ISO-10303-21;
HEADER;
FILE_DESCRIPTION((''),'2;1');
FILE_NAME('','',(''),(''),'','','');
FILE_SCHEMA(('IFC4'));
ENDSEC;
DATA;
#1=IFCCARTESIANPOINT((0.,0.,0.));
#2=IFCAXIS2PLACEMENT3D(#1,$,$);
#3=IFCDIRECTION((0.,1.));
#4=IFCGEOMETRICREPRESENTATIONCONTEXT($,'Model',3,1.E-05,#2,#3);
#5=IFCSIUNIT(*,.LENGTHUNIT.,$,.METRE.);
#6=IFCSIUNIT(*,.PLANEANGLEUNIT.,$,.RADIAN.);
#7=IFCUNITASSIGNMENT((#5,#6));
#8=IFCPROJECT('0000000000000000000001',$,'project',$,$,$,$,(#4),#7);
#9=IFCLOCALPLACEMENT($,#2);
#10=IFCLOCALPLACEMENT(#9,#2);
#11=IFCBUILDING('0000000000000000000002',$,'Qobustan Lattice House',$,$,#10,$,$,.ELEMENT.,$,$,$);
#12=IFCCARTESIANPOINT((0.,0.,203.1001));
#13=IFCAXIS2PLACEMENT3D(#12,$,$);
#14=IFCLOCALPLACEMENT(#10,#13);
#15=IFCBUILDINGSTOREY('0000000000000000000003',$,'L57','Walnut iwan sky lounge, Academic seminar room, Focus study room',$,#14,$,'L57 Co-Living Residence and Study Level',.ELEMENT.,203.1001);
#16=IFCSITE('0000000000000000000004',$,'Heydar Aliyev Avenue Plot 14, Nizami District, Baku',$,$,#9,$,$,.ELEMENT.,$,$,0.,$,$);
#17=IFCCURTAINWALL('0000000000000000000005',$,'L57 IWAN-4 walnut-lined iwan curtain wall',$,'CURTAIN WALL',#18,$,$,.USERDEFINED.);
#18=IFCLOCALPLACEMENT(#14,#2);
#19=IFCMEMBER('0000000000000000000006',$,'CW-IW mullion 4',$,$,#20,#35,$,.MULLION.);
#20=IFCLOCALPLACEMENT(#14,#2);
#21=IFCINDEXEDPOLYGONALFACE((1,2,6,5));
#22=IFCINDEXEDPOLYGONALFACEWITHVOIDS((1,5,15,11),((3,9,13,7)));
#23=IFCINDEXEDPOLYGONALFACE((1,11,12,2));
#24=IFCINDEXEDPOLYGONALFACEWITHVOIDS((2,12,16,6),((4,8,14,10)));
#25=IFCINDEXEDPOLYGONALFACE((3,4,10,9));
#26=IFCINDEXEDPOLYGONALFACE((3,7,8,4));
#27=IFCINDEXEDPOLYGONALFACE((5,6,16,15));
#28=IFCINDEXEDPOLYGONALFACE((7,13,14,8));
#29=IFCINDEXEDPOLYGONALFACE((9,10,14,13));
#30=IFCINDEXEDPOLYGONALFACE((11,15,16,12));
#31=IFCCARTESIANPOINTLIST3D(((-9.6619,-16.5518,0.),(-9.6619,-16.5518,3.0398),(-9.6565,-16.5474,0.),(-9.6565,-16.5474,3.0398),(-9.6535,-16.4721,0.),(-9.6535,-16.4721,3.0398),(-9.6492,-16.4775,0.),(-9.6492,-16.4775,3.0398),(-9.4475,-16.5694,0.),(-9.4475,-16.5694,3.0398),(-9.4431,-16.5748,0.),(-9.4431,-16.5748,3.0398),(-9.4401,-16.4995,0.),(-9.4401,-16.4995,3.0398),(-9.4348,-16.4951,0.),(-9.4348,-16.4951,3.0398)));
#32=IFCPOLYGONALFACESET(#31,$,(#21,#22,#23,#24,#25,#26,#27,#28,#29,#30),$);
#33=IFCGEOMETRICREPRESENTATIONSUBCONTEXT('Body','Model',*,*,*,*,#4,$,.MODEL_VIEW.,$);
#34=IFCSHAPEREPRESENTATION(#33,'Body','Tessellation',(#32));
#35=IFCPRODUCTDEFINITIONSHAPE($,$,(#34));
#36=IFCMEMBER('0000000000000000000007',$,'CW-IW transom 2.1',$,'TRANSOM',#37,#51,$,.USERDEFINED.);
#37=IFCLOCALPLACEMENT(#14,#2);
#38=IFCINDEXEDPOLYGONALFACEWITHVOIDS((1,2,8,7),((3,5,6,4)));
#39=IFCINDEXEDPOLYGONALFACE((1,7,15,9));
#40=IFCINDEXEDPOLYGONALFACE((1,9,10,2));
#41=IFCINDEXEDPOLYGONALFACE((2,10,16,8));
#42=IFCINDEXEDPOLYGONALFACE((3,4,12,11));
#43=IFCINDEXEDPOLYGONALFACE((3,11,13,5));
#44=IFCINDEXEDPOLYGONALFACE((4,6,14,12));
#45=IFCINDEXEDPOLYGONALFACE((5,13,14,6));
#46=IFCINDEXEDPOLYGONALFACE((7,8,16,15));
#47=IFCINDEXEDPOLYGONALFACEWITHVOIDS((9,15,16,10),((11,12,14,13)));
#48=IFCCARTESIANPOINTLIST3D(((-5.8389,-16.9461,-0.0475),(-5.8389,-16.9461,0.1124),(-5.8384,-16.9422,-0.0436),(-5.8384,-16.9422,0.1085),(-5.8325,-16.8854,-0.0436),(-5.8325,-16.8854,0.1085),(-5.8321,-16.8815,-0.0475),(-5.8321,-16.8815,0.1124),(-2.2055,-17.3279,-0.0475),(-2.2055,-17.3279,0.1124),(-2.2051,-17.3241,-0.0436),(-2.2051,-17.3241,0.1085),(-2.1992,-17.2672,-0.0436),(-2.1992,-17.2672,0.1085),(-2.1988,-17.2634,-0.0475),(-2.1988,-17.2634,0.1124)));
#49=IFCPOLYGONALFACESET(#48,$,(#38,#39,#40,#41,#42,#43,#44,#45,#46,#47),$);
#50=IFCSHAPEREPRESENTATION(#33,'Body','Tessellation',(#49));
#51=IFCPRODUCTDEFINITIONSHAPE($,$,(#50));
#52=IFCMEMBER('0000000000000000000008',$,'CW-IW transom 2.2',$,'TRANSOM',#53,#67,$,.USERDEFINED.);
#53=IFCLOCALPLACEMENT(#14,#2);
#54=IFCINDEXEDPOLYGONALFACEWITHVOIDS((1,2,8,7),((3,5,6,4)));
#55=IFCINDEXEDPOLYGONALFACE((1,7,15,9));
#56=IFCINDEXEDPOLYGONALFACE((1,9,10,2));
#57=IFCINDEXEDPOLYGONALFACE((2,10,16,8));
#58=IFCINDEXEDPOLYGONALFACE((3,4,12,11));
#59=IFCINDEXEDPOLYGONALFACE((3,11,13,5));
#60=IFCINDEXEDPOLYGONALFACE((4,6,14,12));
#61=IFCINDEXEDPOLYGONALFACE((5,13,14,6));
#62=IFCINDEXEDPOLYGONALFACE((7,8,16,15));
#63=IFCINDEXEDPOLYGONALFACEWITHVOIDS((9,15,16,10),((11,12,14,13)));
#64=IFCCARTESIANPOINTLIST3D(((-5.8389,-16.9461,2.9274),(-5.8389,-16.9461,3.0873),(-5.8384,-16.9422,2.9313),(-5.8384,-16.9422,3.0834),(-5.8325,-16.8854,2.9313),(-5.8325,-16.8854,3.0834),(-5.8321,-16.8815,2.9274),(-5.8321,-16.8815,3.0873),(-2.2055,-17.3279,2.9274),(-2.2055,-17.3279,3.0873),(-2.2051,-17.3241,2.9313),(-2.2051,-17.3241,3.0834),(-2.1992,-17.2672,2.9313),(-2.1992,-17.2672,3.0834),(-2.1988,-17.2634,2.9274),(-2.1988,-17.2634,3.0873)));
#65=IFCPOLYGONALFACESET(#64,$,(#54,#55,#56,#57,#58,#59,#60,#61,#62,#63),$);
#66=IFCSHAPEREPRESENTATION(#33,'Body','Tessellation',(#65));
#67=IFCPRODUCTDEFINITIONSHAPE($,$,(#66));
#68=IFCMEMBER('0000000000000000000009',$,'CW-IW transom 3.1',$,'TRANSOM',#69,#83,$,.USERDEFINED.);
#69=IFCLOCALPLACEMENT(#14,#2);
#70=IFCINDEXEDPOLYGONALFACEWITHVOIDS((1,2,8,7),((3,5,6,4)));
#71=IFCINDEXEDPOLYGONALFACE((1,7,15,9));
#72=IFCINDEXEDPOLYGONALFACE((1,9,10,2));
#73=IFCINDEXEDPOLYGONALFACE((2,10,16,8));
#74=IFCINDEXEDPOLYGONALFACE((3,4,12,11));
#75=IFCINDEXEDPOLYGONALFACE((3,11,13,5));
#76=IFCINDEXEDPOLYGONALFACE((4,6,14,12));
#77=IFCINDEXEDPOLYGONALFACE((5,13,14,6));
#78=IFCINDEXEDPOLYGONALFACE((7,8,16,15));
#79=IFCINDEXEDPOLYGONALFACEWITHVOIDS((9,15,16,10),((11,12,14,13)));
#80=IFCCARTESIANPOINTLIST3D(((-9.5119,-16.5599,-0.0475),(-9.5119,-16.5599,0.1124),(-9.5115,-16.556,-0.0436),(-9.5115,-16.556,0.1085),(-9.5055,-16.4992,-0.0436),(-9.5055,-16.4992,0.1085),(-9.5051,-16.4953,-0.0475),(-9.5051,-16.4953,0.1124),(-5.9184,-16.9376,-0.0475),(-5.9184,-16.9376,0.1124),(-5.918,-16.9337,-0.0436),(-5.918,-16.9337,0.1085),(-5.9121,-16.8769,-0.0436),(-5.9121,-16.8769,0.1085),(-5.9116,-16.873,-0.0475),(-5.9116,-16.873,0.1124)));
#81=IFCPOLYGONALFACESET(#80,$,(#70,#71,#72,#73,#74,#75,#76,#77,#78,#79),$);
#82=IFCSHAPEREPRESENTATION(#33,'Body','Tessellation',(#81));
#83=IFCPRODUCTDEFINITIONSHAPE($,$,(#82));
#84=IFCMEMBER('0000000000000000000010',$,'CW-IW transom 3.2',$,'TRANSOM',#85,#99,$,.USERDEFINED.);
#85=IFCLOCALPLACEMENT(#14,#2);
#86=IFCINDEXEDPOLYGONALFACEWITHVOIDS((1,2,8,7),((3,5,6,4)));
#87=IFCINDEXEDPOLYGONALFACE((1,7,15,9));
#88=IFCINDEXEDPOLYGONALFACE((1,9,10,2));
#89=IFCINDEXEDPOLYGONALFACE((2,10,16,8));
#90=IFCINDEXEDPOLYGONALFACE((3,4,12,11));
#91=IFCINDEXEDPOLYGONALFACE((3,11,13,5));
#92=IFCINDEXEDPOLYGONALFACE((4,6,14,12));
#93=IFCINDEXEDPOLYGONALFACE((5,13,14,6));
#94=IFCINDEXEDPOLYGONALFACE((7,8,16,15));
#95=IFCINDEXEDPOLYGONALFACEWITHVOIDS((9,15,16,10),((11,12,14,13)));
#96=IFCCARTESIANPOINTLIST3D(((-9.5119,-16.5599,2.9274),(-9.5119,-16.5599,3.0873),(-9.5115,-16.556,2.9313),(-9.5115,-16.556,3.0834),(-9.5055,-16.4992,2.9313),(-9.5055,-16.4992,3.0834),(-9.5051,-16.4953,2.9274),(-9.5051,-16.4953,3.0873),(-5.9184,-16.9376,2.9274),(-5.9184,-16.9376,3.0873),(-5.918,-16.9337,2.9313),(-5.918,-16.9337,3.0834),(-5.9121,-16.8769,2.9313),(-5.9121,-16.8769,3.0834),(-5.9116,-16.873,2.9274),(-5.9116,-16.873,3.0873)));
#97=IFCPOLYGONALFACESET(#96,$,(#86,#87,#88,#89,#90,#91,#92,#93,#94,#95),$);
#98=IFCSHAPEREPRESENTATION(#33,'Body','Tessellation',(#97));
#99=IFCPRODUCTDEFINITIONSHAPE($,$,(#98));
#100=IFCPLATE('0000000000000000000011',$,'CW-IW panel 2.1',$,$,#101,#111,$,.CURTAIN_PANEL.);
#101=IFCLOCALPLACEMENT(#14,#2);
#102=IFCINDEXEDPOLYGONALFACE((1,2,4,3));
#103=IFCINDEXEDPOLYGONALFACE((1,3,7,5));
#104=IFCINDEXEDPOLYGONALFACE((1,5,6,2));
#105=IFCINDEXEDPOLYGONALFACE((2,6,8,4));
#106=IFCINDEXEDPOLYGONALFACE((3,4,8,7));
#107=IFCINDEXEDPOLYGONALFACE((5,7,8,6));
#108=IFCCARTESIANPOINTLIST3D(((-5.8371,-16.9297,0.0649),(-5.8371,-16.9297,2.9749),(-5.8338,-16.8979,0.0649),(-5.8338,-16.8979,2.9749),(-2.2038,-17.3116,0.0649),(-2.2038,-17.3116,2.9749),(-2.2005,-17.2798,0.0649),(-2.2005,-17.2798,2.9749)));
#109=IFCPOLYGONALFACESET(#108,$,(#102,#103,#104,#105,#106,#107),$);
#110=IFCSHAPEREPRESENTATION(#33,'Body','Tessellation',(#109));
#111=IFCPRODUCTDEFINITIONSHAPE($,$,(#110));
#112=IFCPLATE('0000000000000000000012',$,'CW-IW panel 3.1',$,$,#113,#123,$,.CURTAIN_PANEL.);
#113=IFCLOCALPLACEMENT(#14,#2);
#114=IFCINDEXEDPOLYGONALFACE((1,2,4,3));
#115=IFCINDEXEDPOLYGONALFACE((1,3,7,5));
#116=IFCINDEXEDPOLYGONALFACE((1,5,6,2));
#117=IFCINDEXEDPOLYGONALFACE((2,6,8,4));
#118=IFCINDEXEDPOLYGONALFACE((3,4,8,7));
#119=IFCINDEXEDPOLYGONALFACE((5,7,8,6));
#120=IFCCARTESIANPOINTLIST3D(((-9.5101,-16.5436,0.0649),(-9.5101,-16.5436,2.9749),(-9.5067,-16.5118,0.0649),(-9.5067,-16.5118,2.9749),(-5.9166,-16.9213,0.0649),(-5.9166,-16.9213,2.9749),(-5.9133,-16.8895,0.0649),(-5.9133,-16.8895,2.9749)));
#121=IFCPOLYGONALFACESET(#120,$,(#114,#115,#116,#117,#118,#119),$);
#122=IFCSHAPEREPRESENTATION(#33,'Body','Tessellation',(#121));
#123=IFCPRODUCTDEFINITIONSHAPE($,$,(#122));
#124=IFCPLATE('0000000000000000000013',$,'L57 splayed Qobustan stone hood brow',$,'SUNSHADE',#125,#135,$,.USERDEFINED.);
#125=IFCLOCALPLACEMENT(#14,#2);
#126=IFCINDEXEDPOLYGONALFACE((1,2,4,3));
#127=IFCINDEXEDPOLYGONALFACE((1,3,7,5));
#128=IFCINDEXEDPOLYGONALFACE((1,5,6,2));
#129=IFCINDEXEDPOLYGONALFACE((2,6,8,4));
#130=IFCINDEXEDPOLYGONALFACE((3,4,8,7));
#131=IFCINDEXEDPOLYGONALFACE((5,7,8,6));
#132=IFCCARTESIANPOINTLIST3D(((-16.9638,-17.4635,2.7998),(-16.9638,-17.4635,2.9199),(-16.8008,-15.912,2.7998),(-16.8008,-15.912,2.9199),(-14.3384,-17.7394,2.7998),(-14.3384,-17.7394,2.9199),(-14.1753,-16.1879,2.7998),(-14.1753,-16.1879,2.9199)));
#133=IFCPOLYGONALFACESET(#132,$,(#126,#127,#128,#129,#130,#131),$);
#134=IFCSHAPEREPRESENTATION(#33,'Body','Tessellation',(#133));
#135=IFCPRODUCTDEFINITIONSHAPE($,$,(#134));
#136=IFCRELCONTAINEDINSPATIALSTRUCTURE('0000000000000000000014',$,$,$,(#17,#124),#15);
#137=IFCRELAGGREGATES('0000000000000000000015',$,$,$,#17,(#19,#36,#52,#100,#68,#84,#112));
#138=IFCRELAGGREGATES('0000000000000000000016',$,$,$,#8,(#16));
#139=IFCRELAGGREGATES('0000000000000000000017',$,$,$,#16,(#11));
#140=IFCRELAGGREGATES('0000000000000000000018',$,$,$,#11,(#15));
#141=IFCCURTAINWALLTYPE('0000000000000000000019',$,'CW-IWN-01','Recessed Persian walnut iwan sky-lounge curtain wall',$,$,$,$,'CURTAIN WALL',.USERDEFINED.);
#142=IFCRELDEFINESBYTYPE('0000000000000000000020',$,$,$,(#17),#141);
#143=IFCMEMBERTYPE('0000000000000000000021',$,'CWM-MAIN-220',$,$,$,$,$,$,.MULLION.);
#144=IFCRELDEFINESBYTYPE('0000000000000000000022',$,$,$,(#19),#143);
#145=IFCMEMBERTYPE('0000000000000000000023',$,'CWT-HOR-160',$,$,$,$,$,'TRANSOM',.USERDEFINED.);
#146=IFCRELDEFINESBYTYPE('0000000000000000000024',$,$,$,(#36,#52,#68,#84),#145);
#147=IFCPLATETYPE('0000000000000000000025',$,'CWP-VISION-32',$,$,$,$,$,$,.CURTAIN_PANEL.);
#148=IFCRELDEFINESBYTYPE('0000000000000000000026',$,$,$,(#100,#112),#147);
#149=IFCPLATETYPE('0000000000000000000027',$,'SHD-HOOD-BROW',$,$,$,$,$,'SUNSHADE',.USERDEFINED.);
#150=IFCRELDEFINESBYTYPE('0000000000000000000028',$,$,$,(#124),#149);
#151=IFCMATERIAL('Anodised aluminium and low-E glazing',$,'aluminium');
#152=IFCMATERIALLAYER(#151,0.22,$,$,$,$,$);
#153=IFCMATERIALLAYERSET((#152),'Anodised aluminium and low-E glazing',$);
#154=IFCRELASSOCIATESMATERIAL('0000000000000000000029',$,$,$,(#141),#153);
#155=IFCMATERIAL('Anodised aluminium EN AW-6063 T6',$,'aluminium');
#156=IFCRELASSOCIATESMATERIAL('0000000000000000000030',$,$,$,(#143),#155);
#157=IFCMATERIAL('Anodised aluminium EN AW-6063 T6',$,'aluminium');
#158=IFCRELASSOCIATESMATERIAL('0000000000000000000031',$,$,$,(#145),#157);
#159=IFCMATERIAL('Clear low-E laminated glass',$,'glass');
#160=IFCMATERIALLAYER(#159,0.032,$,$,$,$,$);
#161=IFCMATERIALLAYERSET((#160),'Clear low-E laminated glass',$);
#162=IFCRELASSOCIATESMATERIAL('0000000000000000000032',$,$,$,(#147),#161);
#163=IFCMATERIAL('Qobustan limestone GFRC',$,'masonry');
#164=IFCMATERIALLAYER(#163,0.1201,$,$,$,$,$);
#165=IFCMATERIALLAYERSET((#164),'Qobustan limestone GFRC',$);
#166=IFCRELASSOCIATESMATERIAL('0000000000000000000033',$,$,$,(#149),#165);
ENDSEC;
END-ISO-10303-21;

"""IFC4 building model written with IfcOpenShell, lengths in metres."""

from ifc_helpers import new_model, si_unit, direction, frame, origin, origin_2d, place, context, subcontext, project, spatial, rectangle, hollow_rectangle, extrude, material, layer, layer_set, material_profile, profile_set, type_object, element, aggregate, save


model = new_model("IFC4")

# Units and contexts
model_context = context("Model", 3, precision=1e-05, world=origin(), true_north=direction((0.0, 1.0)))
body_context = subcontext(model_context, "Body", "Model", "MODEL_VIEW")
ifc_project = project(units=[si_unit("LENGTHUNIT", "METRE"), si_unit("PLANEANGLEUNIT", "RADIAN")], contexts=[model_context])

# Site, building, storey
site_placement = place(None, origin())
site = spatial("IfcSite", under=ifc_project, at=site_placement, Name="Heydar Aliyev Avenue Plot 14, Nizami District, Baku", CompositionType="ELEMENT", RefElevation=0.0)
building_placement = place(site_placement, origin())
building = spatial("IfcBuilding", under=site, at=building_placement, Name="Qobustan Lattice House", CompositionType="ELEMENT")
storey_placement = place(building_placement, frame((0.0, 0.0, 203.1001)))
storey = spatial("IfcBuildingStorey", under=building, at=storey_placement, Name="L57", Description="Walnut iwan sky lounge, Academic seminar room, Focus study room", LongName="L57 Co-Living Residence and Study Level", CompositionType="ELEMENT", Elevation=203.1001)

# Curtain wall, members, plates
ifc_material_1 = material(Name="Anodised aluminium and low-E glazing", Category="aluminium")
ifc_layer_1 = layer(ifc_material_1, 0.22)
ifc_layer_set_1 = layer_set([ifc_layer_1], Name="Anodised aluminium and low-E glazing")
curtain_wall_type = type_object("IfcCurtainWallType", Name="CW-IWN-01", Description="Recessed Persian walnut iwan sky-lounge curtain wall", ElementType="CURTAIN WALL", PredefinedType="USERDEFINED", material=ifc_layer_set_1)
curtain_wall_placement = place(storey_placement, origin())
curtain_wall = element("IfcCurtainWall", 1, at=curtain_wall_placement, inside=storey, type_object=curtain_wall_type, Name="L57 IWAN-4 walnut-lined iwan curtain wall", ObjectType="CURTAIN WALL", PredefinedType="USERDEFINED")
ifc_material_2 = material(Name="Anodised aluminium EN AW-6063 T6", Category="aluminium")
ifc_material_profile_1 = material_profile(ifc_material_2, hollow_rectangle(XDim=0.0801, YDim=0.22, WallThickness=0.0049, at=origin_2d()), Name="CWM-220x80")
ifc_profile_set_1 = profile_set([ifc_material_profile_1], Name="Anodised aluminium EN AW-6063 T6")
member_type_1 = type_object("IfcMemberType", Name="CWM-MAIN-220", PredefinedType="MULLION", material=ifc_profile_set_1)
member_1_placement = place(storey_placement, frame((-9.5483, -16.5234, 0.0), z_axis=(0.0, 0.0, 1.0), x_axis=(-0.104536, -0.994521, 0.0)))
member_1 = element("IfcMember", 2, at=member_1_placement, type_object=member_type_1, Name="CW-IW mullion 4", PredefinedType="MULLION", context=body_context, shape_type="SweptSolid", body=[
    extrude(hollow_rectangle(XDim=0.0801, YDim=0.22, WallThickness=0.0049, at=origin_2d()), origin(), (0.0, 0.0, 1.0), 3.0398),
])
ifc_material_3 = material(Name="Anodised aluminium EN AW-6063 T6", Category="aluminium")
ifc_material_profile_2 = material_profile(ifc_material_3, hollow_rectangle(XDim=0.0649, YDim=0.1599, WallThickness=0.0039, at=origin_2d()), Name="CWT-160x65")
ifc_profile_set_2 = profile_set([ifc_material_profile_2], Name="Anodised aluminium EN AW-6063 T6")
member_type_2 = type_object("IfcMemberType", Name="CWT-HOR-160", ElementType="TRANSOM", PredefinedType="USERDEFINED", material=ifc_profile_set_2)
member_2_placement = place(storey_placement, frame((-2.2021, -17.2957, 0.0325), z_axis=(-0.994523, 0.104518, 0.0), x_axis=(-0.104518, -0.994523, 0.0)))
member_2 = element("IfcMember", 3, at=member_2_placement, type_object=member_type_2, Name="CW-IW transom 2.1", ObjectType="TRANSOM", PredefinedType="USERDEFINED", context=body_context, shape_type="SweptSolid", body=[
    extrude(hollow_rectangle(XDim=0.0649, YDim=0.1599, WallThickness=0.0039, at=origin_2d()), origin(), (0.0, 0.0, 1.0), 3.6533),
])
member_3_placement = place(storey_placement, frame((-2.2021, -17.2957, 3.0073), z_axis=(-0.994523, 0.104518, 0.0), x_axis=(-0.104518, -0.994523, 0.0)))
member_3 = element("IfcMember", 4, at=member_3_placement, type_object=member_type_2, Name="CW-IW transom 2.2", ObjectType="TRANSOM", PredefinedType="USERDEFINED", context=body_context, shape_type="SweptSolid", body=[
    extrude(hollow_rectangle(XDim=0.0649, YDim=0.1599, WallThickness=0.0039, at=origin_2d()), origin(), (0.0, 0.0, 1.0), 3.6533),
])
member_4_placement = place(storey_placement, frame((-5.915, -16.9053, 0.0325), z_axis=(-0.994522, 0.104527, 0.0), x_axis=(-0.104527, -0.994522, 0.0)))
member_4 = element("IfcMember", 5, at=member_4_placement, type_object=member_type_2, Name="CW-IW transom 3.1", ObjectType="TRANSOM", PredefinedType="USERDEFINED", context=body_context, shape_type="SweptSolid", body=[
    extrude(hollow_rectangle(XDim=0.0649, YDim=0.1599, WallThickness=0.0039, at=origin_2d()), origin(), (0.0, 0.0, 1.0), 3.6133),
])
member_5_placement = place(storey_placement, frame((-5.915, -16.9053, 3.0073), z_axis=(-0.994522, 0.104527, 0.0), x_axis=(-0.104527, -0.994522, 0.0)))
member_5 = element("IfcMember", 6, at=member_5_placement, type_object=member_type_2, Name="CW-IW transom 3.2", ObjectType="TRANSOM", PredefinedType="USERDEFINED", context=body_context, shape_type="SweptSolid", body=[
    extrude(hollow_rectangle(XDim=0.0649, YDim=0.1599, WallThickness=0.0039, at=origin_2d()), origin(), (0.0, 0.0, 1.0), 3.6133),
])
ifc_material_4 = material(Name="Clear low-E laminated glass", Category="glass")
ifc_layer_2 = layer(ifc_material_4, 0.032)
ifc_layer_set_2 = layer_set([ifc_layer_2], Name="Clear low-E laminated glass")
plate_type_1 = type_object("IfcPlateType", Name="CWP-VISION-32", PredefinedType="CURTAIN_PANEL", material=ifc_layer_set_2)
plate_1_placement = place(storey_placement, frame((-4.0188, -17.1047, 0.0649), z_axis=(0.0, 0.0, 1.0), x_axis=(-0.994521, 0.104536, 0.0)))
plate_1 = element("IfcPlate", 7, at=plate_1_placement, type_object=plate_type_1, Name="CW-IW panel 2.1", PredefinedType="CURTAIN_PANEL", context=body_context, shape_type="SweptSolid", body=[
    extrude(rectangle(XDim=3.6533, YDim=0.032, at=origin_2d()), origin(), (0.0, 0.0, 1.0), 2.9099),
])
plate_2_placement = place(storey_placement, frame((-7.7117, -16.7166, 0.0649), z_axis=(0.0, 0.0, 1.0), x_axis=(-0.994521, 0.104536, 0.0)))
plate_2 = element("IfcPlate", 8, at=plate_2_placement, type_object=plate_type_1, Name="CW-IW panel 3.1", PredefinedType="CURTAIN_PANEL", context=body_context, shape_type="SweptSolid", body=[
    extrude(rectangle(XDim=3.6133, YDim=0.032, at=origin_2d()), origin(), (0.0, 0.0, 1.0), 2.9099),
])
aggregate(curtain_wall, [member_1, member_2, member_3, plate_1, member_4, member_5, plate_2])

# Plate
ifc_material_5 = material(Name="Qobustan limestone GFRC", Category="masonry")
ifc_layer_3 = layer(ifc_material_5, 0.1201)
ifc_layer_set_3 = layer_set([ifc_layer_3], Name="Qobustan limestone GFRC")
plate_type_2 = type_object("IfcPlateType", Name="SHD-HOOD-BROW", ElementType="SUNSHADE", PredefinedType="USERDEFINED", material=ifc_layer_set_3)
plate_3_placement = place(storey_placement, frame((-15.5696, -16.8257, 2.7998), z_axis=(0.0, 0.0, 1.0), x_axis=(-0.994522, 0.104528, 0.0)))
element("IfcPlate", 9, at=plate_3_placement, inside=storey, type_object=plate_type_2, Name="L57 splayed Qobustan stone hood brow", ObjectType="SUNSHADE", PredefinedType="USERDEFINED", context=body_context, shape_type="SweptSolid", body=[
    extrude(rectangle(XDim=2.6399, YDim=1.5601, at=origin_2d()), origin(), (0.0, 0.0, 1.0), 0.1201),
])

save(model, "model.ifc")
